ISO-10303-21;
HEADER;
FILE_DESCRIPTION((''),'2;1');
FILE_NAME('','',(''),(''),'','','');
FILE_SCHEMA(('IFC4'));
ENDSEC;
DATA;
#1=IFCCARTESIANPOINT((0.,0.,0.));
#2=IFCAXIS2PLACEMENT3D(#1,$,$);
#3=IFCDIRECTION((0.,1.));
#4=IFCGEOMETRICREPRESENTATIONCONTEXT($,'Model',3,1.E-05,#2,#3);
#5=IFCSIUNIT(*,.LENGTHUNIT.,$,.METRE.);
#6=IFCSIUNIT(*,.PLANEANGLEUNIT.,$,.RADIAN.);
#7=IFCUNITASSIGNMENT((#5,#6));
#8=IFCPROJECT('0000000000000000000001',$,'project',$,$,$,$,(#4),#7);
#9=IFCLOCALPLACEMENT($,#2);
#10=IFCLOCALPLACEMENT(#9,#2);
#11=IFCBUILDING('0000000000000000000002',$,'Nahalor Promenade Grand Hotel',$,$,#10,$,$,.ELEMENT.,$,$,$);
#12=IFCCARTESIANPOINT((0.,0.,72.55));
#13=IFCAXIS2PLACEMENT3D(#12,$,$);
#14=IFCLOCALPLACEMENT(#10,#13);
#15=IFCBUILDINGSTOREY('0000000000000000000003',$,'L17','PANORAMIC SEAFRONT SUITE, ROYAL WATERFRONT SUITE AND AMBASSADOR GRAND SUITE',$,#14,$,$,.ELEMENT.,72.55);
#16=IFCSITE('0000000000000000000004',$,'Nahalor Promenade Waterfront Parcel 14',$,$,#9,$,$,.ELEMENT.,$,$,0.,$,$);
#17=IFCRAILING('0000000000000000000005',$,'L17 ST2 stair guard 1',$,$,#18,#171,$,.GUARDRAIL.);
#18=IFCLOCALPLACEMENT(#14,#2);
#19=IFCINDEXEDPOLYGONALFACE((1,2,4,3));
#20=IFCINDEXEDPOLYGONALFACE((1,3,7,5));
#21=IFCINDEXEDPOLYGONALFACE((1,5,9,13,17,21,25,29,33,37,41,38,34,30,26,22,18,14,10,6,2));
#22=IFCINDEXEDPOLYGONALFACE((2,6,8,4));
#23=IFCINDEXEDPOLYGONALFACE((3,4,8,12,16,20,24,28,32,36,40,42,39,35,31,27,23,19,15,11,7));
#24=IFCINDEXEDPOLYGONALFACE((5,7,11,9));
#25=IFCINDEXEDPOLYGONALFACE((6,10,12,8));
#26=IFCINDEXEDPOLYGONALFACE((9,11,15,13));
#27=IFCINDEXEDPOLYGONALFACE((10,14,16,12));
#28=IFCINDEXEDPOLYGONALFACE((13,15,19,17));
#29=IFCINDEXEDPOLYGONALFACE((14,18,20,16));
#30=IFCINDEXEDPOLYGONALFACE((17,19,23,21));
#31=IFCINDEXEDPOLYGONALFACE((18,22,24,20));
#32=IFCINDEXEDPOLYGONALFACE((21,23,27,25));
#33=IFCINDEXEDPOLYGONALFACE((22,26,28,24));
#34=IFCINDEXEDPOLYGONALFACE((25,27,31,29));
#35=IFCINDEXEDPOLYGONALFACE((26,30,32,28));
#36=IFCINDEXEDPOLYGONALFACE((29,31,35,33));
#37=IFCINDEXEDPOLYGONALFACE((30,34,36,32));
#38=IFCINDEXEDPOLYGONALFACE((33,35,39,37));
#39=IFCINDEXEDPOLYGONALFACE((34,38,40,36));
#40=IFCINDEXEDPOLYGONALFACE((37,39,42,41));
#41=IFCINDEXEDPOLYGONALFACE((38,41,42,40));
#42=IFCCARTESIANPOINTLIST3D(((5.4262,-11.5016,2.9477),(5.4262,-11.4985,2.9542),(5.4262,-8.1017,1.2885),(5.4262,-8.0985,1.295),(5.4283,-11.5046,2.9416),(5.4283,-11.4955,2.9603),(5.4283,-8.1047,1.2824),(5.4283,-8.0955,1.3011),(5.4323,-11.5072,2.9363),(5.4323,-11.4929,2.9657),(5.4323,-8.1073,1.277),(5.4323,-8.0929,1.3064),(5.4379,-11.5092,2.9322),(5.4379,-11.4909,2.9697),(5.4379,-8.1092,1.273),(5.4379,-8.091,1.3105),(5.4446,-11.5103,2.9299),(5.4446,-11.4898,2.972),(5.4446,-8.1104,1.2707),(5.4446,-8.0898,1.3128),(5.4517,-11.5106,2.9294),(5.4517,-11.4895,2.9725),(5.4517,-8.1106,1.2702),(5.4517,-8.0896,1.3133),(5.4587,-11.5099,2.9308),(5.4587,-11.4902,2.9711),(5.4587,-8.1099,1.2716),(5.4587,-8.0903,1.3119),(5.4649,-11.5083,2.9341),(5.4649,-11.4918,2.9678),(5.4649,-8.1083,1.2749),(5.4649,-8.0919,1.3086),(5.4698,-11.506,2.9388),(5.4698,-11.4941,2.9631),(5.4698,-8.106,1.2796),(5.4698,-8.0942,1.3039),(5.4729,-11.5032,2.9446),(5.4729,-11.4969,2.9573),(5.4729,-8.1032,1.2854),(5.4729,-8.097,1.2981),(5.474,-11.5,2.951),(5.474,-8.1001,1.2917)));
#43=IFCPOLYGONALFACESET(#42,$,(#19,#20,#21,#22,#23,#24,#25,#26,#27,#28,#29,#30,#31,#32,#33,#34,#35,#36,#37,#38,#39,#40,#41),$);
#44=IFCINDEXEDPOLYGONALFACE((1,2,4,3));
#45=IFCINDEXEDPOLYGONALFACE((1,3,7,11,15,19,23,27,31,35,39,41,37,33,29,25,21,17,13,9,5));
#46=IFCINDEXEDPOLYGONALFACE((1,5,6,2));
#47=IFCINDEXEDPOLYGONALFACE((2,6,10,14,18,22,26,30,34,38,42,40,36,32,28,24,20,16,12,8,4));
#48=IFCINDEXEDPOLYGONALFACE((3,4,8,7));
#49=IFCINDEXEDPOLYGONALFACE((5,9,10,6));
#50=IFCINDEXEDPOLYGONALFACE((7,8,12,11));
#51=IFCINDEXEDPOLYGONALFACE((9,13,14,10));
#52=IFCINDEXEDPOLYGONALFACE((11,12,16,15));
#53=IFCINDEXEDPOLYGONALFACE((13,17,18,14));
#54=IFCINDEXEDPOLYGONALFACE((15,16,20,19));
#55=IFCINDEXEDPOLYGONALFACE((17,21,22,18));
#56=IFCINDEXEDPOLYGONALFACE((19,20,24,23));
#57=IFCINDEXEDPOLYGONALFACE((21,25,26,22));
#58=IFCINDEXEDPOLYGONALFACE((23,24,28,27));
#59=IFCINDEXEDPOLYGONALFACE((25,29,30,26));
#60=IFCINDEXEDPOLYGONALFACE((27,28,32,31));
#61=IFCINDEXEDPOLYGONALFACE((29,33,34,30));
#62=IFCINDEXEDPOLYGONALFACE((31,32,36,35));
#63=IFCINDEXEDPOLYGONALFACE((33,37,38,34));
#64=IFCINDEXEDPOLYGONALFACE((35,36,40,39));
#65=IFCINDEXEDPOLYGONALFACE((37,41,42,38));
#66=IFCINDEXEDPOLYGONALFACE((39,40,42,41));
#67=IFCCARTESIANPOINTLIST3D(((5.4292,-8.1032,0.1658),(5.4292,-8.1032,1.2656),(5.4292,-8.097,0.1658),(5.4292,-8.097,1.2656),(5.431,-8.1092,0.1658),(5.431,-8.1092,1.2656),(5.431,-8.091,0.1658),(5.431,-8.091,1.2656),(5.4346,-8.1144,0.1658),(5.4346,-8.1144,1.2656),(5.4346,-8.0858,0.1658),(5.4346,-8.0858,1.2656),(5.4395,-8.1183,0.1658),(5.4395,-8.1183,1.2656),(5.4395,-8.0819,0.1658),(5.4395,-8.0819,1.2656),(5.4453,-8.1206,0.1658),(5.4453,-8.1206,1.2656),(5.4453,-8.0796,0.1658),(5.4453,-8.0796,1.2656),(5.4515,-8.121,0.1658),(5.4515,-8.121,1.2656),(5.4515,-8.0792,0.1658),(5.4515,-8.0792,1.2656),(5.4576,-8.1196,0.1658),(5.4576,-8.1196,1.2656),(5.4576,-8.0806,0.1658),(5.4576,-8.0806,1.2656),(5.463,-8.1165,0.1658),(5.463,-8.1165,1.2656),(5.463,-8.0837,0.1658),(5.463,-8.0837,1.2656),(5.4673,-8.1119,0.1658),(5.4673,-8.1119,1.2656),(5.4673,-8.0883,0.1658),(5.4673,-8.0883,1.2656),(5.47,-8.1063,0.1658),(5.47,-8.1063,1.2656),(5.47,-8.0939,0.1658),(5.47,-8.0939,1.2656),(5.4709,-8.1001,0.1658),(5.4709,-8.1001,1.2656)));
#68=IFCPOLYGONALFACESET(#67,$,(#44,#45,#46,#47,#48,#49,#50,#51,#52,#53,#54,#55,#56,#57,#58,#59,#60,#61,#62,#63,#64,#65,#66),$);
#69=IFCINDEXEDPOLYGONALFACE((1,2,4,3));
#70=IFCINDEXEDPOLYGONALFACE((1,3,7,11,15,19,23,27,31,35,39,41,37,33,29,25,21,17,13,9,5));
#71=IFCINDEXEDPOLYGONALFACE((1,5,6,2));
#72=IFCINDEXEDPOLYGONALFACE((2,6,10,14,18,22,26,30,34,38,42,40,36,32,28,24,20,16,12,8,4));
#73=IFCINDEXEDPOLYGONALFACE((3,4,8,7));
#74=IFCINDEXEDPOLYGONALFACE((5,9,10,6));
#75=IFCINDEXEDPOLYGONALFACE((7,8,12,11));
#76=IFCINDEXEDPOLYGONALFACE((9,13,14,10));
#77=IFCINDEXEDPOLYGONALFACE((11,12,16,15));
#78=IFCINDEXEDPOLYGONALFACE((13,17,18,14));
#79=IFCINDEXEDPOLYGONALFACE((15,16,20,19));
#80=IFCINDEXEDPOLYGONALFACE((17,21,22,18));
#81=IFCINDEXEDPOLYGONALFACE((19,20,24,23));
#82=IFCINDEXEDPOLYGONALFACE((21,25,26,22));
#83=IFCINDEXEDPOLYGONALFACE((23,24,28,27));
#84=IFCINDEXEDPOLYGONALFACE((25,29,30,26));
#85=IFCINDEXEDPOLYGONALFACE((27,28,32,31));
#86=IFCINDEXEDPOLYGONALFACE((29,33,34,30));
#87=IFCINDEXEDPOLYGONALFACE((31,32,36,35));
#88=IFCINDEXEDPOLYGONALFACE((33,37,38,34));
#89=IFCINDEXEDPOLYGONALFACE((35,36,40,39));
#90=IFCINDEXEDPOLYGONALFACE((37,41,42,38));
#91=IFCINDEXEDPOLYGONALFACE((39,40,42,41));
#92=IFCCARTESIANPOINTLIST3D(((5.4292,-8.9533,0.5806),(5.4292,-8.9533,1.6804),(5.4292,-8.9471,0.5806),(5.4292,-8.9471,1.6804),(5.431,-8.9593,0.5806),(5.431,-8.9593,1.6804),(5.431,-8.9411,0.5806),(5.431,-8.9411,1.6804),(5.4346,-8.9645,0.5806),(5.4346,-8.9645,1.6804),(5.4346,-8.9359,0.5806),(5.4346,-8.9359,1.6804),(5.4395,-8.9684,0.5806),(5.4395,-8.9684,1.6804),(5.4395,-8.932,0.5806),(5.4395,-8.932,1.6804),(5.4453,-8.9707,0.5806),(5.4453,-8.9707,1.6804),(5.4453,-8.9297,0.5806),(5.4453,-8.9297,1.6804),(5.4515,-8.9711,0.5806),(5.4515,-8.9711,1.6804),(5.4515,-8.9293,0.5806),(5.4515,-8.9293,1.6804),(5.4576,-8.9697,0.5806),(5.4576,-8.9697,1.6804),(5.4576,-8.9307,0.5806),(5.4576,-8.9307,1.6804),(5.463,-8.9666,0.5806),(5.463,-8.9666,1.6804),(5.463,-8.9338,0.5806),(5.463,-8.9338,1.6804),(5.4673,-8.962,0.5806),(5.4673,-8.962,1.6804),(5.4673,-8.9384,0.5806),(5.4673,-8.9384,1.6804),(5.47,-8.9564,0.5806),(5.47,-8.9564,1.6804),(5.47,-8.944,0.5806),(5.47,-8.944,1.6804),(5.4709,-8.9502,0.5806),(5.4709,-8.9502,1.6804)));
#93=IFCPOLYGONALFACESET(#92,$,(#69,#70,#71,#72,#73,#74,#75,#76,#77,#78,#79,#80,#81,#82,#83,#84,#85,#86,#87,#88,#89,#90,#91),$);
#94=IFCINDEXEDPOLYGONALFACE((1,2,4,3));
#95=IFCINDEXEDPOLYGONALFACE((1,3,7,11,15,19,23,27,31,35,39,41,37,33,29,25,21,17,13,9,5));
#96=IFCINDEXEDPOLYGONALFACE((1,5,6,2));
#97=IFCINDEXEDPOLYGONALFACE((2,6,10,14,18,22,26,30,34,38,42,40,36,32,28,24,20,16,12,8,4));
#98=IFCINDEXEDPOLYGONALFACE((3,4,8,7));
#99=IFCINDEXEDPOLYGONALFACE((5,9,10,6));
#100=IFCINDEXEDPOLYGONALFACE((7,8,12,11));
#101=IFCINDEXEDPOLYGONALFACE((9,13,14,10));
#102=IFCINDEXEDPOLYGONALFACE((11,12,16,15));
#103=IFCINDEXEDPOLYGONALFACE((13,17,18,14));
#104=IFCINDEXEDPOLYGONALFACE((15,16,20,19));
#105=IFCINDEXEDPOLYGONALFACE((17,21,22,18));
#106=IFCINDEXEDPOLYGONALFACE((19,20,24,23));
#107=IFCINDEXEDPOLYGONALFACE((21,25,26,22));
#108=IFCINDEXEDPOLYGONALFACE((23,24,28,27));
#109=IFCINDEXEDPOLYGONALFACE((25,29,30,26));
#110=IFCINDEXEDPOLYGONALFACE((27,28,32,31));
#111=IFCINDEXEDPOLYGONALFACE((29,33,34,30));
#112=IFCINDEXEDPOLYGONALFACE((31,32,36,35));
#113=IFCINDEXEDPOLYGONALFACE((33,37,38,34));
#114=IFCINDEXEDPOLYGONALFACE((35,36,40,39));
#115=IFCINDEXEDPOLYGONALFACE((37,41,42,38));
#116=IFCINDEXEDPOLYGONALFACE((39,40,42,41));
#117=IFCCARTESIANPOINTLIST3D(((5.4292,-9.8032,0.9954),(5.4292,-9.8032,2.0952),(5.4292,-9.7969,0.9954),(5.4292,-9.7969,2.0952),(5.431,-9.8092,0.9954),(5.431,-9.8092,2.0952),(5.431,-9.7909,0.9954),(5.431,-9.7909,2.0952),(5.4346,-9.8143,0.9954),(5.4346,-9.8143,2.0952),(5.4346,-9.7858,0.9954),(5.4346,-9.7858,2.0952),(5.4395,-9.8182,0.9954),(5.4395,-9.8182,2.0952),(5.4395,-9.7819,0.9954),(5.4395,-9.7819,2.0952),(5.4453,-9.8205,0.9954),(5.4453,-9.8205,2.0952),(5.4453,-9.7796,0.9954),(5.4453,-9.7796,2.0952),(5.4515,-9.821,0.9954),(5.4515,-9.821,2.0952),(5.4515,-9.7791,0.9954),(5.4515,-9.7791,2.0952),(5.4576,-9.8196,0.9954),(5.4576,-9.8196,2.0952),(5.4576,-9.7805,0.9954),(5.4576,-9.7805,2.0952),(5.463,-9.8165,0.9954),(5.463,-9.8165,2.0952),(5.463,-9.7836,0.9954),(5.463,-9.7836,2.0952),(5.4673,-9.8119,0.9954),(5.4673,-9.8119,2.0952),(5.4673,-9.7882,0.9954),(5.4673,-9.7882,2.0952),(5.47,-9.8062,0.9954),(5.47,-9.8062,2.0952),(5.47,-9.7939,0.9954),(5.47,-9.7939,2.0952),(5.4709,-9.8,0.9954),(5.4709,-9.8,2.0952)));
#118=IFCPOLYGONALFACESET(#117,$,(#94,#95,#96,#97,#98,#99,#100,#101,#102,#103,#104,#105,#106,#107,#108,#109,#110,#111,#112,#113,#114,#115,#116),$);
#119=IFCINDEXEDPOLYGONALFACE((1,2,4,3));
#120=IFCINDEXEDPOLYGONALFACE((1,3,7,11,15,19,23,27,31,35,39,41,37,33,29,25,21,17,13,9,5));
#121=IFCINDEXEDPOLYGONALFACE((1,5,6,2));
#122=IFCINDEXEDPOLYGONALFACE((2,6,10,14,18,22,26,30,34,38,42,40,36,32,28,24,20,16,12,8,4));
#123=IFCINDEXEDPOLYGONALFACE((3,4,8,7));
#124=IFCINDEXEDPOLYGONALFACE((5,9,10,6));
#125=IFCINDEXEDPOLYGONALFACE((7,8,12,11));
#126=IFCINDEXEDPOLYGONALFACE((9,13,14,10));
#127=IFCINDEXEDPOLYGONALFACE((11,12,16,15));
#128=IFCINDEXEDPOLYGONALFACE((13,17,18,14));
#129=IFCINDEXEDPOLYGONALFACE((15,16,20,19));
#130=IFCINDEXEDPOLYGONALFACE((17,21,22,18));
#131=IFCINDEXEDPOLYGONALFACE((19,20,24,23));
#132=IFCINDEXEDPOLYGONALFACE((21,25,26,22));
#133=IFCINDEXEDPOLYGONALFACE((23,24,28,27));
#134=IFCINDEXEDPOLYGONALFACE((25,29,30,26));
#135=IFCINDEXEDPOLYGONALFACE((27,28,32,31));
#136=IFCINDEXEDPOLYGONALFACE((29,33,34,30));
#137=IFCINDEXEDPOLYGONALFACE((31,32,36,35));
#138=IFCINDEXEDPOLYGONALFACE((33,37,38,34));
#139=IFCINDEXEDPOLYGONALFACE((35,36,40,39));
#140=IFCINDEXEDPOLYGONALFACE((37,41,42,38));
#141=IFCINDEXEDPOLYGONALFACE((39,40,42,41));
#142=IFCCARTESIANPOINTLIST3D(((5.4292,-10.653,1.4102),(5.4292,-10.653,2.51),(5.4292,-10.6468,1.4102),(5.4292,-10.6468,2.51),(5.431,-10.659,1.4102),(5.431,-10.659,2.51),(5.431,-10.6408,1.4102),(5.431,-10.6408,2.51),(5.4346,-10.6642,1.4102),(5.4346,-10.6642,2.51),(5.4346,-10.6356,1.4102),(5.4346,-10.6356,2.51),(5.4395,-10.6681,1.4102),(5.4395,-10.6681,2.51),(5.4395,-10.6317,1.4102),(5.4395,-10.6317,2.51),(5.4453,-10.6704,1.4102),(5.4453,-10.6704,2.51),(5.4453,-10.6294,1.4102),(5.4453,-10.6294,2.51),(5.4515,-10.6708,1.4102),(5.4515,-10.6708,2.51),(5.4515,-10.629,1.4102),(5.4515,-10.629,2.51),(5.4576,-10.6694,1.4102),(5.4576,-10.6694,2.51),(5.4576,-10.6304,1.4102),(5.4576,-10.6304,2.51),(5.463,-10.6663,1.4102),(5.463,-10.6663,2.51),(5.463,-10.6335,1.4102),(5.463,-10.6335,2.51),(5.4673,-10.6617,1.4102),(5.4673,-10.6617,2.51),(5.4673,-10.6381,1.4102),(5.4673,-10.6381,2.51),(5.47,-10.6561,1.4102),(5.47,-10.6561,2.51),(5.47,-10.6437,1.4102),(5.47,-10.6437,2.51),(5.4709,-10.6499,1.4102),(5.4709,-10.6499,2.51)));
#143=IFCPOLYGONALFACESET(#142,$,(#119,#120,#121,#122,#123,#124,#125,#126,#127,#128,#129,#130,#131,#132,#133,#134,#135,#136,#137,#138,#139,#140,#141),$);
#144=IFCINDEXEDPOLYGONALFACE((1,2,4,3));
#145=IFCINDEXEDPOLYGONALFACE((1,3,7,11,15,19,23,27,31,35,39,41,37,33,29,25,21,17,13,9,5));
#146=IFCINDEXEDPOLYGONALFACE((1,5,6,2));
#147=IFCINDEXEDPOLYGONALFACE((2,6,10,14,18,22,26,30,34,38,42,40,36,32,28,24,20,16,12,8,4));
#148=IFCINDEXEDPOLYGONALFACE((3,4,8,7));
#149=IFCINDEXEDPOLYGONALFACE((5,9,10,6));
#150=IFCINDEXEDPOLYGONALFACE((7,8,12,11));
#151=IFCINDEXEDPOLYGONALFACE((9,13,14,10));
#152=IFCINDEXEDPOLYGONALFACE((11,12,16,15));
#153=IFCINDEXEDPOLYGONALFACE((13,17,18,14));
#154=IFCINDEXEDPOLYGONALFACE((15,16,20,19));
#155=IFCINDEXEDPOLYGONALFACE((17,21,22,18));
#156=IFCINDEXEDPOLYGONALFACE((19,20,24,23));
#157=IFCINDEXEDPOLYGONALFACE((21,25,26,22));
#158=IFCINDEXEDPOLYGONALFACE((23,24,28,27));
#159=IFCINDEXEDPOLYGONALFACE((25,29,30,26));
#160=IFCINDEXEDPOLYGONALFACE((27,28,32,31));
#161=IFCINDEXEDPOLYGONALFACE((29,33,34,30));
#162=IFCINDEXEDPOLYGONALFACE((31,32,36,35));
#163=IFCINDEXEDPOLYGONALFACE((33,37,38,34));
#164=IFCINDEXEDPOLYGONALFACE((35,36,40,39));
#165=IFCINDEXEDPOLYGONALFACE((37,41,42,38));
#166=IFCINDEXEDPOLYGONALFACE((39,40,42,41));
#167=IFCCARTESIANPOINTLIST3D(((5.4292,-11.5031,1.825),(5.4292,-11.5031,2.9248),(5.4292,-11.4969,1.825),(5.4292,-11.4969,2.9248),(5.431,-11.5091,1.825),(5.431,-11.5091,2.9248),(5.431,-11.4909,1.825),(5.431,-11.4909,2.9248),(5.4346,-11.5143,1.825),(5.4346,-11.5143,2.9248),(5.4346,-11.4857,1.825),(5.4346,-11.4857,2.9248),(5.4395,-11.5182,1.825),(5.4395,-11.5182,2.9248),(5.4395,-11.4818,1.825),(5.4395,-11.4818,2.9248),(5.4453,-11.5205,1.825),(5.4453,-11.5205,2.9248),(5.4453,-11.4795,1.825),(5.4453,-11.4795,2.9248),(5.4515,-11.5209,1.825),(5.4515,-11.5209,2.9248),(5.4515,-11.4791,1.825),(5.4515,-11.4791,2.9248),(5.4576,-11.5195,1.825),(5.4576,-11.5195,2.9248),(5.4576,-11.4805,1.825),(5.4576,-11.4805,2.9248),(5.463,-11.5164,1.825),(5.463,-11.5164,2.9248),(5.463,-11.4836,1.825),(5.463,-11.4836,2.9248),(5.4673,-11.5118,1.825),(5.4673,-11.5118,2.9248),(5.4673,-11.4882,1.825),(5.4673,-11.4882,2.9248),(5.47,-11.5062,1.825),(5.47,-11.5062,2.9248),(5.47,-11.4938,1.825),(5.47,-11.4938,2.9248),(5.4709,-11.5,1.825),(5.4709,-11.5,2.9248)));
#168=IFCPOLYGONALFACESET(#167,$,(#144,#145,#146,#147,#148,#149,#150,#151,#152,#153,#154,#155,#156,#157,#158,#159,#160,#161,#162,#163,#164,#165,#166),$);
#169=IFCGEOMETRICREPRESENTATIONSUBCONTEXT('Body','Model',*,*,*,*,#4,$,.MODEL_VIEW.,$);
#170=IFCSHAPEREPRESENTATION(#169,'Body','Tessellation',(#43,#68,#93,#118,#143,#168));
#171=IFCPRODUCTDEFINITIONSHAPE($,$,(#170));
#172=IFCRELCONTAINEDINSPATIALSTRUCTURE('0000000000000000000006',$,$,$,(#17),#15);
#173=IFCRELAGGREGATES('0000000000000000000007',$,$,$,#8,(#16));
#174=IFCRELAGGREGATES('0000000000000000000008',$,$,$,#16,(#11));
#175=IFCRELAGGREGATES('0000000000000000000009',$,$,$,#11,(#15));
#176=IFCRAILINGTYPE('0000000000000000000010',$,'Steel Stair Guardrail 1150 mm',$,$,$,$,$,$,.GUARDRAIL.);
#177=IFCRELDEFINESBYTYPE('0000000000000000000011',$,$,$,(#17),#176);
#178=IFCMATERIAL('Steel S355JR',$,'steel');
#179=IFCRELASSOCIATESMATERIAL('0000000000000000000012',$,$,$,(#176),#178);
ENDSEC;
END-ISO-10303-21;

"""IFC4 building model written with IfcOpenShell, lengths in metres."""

from ifc_helpers import new_model, si_unit, direction, frame, origin, origin_2d, place, context, subcontext, project, spatial, circle, extrude, material, type_object, element, save


model = new_model("IFC4")

# Units and contexts
model_context = context("Model", 3, precision=1e-05, world=origin(), true_north=direction((0.0, 1.0)))
body_context = subcontext(model_context, "Body", "Model", "MODEL_VIEW")
ifc_project = project(units=[si_unit("LENGTHUNIT", "METRE"), si_unit("PLANEANGLEUNIT", "RADIAN")], contexts=[model_context])

# Site, building, storey
site_placement = place(None, origin())
site = spatial("IfcSite", under=ifc_project, at=site_placement, Name="Nahalor Promenade Waterfront Parcel 14", CompositionType="ELEMENT", RefElevation=0.0)
building_placement = place(site_placement, origin())
building = spatial("IfcBuilding", under=site, at=building_placement, Name="Nahalor Promenade Grand Hotel", CompositionType="ELEMENT")
storey_placement = place(building_placement, frame((0.0, 0.0, 72.55)))
storey = spatial("IfcBuildingStorey", under=building, at=storey_placement, Name="L17", Description="PANORAMIC SEAFRONT SUITE, ROYAL WATERFRONT SUITE AND AMBASSADOR GRAND SUITE", CompositionType="ELEMENT", Elevation=72.55)

# Shared definitions
ifc_material_1 = material(Name="Steel S355JR", Category="steel")

# Railing
railing_type_1 = type_object("IfcRailingType", Name="Steel Stair Guardrail 1150 mm", PredefinedType="GUARDRAIL", material=ifc_material_1)
railing_1_placement = place(storey_placement, frame((5.45, -8.1001, 0.1658)))
element("IfcRailing", 1, at=railing_1_placement, inside=storey, type_object=railing_type_1, Name="L17 ST2 stair guard 1", PredefinedType="GUARDRAIL", context=body_context, shape_type="SweptSolid", body=[
    extrude(circle(Radius=0.024, at=origin_2d()), frame((0.0, 0.0, 1.126), z_axis=(0.0, -0.898696, 0.438571), x_axis=(1.0, 0.0, 0.0)), (0.0, 0.0, 1.0), 3.7832),
    extrude(circle(Radius=0.021, at=origin_2d()), origin(), (0.0, 0.0, 1.0), 1.0999),
    extrude(circle(Radius=0.021, at=origin_2d()), frame((0.0, -0.8501, 0.4148)), (0.0, 0.0, 1.0), 1.0999),
    extrude(circle(Radius=0.021, at=origin_2d()), frame((0.0, -1.7, 0.8296)), (0.0, 0.0, 1.0), 1.0999),
    extrude(circle(Radius=0.021, at=origin_2d()), frame((0.0, -2.5498, 1.2444)), (0.0, 0.0, 1.0), 1.0999),
    extrude(circle(Radius=0.021, at=origin_2d()), frame((0.0, -3.3999, 1.6592)), (0.0, 0.0, 1.0), 1.0999),
])

save(model, "model.ifc")
